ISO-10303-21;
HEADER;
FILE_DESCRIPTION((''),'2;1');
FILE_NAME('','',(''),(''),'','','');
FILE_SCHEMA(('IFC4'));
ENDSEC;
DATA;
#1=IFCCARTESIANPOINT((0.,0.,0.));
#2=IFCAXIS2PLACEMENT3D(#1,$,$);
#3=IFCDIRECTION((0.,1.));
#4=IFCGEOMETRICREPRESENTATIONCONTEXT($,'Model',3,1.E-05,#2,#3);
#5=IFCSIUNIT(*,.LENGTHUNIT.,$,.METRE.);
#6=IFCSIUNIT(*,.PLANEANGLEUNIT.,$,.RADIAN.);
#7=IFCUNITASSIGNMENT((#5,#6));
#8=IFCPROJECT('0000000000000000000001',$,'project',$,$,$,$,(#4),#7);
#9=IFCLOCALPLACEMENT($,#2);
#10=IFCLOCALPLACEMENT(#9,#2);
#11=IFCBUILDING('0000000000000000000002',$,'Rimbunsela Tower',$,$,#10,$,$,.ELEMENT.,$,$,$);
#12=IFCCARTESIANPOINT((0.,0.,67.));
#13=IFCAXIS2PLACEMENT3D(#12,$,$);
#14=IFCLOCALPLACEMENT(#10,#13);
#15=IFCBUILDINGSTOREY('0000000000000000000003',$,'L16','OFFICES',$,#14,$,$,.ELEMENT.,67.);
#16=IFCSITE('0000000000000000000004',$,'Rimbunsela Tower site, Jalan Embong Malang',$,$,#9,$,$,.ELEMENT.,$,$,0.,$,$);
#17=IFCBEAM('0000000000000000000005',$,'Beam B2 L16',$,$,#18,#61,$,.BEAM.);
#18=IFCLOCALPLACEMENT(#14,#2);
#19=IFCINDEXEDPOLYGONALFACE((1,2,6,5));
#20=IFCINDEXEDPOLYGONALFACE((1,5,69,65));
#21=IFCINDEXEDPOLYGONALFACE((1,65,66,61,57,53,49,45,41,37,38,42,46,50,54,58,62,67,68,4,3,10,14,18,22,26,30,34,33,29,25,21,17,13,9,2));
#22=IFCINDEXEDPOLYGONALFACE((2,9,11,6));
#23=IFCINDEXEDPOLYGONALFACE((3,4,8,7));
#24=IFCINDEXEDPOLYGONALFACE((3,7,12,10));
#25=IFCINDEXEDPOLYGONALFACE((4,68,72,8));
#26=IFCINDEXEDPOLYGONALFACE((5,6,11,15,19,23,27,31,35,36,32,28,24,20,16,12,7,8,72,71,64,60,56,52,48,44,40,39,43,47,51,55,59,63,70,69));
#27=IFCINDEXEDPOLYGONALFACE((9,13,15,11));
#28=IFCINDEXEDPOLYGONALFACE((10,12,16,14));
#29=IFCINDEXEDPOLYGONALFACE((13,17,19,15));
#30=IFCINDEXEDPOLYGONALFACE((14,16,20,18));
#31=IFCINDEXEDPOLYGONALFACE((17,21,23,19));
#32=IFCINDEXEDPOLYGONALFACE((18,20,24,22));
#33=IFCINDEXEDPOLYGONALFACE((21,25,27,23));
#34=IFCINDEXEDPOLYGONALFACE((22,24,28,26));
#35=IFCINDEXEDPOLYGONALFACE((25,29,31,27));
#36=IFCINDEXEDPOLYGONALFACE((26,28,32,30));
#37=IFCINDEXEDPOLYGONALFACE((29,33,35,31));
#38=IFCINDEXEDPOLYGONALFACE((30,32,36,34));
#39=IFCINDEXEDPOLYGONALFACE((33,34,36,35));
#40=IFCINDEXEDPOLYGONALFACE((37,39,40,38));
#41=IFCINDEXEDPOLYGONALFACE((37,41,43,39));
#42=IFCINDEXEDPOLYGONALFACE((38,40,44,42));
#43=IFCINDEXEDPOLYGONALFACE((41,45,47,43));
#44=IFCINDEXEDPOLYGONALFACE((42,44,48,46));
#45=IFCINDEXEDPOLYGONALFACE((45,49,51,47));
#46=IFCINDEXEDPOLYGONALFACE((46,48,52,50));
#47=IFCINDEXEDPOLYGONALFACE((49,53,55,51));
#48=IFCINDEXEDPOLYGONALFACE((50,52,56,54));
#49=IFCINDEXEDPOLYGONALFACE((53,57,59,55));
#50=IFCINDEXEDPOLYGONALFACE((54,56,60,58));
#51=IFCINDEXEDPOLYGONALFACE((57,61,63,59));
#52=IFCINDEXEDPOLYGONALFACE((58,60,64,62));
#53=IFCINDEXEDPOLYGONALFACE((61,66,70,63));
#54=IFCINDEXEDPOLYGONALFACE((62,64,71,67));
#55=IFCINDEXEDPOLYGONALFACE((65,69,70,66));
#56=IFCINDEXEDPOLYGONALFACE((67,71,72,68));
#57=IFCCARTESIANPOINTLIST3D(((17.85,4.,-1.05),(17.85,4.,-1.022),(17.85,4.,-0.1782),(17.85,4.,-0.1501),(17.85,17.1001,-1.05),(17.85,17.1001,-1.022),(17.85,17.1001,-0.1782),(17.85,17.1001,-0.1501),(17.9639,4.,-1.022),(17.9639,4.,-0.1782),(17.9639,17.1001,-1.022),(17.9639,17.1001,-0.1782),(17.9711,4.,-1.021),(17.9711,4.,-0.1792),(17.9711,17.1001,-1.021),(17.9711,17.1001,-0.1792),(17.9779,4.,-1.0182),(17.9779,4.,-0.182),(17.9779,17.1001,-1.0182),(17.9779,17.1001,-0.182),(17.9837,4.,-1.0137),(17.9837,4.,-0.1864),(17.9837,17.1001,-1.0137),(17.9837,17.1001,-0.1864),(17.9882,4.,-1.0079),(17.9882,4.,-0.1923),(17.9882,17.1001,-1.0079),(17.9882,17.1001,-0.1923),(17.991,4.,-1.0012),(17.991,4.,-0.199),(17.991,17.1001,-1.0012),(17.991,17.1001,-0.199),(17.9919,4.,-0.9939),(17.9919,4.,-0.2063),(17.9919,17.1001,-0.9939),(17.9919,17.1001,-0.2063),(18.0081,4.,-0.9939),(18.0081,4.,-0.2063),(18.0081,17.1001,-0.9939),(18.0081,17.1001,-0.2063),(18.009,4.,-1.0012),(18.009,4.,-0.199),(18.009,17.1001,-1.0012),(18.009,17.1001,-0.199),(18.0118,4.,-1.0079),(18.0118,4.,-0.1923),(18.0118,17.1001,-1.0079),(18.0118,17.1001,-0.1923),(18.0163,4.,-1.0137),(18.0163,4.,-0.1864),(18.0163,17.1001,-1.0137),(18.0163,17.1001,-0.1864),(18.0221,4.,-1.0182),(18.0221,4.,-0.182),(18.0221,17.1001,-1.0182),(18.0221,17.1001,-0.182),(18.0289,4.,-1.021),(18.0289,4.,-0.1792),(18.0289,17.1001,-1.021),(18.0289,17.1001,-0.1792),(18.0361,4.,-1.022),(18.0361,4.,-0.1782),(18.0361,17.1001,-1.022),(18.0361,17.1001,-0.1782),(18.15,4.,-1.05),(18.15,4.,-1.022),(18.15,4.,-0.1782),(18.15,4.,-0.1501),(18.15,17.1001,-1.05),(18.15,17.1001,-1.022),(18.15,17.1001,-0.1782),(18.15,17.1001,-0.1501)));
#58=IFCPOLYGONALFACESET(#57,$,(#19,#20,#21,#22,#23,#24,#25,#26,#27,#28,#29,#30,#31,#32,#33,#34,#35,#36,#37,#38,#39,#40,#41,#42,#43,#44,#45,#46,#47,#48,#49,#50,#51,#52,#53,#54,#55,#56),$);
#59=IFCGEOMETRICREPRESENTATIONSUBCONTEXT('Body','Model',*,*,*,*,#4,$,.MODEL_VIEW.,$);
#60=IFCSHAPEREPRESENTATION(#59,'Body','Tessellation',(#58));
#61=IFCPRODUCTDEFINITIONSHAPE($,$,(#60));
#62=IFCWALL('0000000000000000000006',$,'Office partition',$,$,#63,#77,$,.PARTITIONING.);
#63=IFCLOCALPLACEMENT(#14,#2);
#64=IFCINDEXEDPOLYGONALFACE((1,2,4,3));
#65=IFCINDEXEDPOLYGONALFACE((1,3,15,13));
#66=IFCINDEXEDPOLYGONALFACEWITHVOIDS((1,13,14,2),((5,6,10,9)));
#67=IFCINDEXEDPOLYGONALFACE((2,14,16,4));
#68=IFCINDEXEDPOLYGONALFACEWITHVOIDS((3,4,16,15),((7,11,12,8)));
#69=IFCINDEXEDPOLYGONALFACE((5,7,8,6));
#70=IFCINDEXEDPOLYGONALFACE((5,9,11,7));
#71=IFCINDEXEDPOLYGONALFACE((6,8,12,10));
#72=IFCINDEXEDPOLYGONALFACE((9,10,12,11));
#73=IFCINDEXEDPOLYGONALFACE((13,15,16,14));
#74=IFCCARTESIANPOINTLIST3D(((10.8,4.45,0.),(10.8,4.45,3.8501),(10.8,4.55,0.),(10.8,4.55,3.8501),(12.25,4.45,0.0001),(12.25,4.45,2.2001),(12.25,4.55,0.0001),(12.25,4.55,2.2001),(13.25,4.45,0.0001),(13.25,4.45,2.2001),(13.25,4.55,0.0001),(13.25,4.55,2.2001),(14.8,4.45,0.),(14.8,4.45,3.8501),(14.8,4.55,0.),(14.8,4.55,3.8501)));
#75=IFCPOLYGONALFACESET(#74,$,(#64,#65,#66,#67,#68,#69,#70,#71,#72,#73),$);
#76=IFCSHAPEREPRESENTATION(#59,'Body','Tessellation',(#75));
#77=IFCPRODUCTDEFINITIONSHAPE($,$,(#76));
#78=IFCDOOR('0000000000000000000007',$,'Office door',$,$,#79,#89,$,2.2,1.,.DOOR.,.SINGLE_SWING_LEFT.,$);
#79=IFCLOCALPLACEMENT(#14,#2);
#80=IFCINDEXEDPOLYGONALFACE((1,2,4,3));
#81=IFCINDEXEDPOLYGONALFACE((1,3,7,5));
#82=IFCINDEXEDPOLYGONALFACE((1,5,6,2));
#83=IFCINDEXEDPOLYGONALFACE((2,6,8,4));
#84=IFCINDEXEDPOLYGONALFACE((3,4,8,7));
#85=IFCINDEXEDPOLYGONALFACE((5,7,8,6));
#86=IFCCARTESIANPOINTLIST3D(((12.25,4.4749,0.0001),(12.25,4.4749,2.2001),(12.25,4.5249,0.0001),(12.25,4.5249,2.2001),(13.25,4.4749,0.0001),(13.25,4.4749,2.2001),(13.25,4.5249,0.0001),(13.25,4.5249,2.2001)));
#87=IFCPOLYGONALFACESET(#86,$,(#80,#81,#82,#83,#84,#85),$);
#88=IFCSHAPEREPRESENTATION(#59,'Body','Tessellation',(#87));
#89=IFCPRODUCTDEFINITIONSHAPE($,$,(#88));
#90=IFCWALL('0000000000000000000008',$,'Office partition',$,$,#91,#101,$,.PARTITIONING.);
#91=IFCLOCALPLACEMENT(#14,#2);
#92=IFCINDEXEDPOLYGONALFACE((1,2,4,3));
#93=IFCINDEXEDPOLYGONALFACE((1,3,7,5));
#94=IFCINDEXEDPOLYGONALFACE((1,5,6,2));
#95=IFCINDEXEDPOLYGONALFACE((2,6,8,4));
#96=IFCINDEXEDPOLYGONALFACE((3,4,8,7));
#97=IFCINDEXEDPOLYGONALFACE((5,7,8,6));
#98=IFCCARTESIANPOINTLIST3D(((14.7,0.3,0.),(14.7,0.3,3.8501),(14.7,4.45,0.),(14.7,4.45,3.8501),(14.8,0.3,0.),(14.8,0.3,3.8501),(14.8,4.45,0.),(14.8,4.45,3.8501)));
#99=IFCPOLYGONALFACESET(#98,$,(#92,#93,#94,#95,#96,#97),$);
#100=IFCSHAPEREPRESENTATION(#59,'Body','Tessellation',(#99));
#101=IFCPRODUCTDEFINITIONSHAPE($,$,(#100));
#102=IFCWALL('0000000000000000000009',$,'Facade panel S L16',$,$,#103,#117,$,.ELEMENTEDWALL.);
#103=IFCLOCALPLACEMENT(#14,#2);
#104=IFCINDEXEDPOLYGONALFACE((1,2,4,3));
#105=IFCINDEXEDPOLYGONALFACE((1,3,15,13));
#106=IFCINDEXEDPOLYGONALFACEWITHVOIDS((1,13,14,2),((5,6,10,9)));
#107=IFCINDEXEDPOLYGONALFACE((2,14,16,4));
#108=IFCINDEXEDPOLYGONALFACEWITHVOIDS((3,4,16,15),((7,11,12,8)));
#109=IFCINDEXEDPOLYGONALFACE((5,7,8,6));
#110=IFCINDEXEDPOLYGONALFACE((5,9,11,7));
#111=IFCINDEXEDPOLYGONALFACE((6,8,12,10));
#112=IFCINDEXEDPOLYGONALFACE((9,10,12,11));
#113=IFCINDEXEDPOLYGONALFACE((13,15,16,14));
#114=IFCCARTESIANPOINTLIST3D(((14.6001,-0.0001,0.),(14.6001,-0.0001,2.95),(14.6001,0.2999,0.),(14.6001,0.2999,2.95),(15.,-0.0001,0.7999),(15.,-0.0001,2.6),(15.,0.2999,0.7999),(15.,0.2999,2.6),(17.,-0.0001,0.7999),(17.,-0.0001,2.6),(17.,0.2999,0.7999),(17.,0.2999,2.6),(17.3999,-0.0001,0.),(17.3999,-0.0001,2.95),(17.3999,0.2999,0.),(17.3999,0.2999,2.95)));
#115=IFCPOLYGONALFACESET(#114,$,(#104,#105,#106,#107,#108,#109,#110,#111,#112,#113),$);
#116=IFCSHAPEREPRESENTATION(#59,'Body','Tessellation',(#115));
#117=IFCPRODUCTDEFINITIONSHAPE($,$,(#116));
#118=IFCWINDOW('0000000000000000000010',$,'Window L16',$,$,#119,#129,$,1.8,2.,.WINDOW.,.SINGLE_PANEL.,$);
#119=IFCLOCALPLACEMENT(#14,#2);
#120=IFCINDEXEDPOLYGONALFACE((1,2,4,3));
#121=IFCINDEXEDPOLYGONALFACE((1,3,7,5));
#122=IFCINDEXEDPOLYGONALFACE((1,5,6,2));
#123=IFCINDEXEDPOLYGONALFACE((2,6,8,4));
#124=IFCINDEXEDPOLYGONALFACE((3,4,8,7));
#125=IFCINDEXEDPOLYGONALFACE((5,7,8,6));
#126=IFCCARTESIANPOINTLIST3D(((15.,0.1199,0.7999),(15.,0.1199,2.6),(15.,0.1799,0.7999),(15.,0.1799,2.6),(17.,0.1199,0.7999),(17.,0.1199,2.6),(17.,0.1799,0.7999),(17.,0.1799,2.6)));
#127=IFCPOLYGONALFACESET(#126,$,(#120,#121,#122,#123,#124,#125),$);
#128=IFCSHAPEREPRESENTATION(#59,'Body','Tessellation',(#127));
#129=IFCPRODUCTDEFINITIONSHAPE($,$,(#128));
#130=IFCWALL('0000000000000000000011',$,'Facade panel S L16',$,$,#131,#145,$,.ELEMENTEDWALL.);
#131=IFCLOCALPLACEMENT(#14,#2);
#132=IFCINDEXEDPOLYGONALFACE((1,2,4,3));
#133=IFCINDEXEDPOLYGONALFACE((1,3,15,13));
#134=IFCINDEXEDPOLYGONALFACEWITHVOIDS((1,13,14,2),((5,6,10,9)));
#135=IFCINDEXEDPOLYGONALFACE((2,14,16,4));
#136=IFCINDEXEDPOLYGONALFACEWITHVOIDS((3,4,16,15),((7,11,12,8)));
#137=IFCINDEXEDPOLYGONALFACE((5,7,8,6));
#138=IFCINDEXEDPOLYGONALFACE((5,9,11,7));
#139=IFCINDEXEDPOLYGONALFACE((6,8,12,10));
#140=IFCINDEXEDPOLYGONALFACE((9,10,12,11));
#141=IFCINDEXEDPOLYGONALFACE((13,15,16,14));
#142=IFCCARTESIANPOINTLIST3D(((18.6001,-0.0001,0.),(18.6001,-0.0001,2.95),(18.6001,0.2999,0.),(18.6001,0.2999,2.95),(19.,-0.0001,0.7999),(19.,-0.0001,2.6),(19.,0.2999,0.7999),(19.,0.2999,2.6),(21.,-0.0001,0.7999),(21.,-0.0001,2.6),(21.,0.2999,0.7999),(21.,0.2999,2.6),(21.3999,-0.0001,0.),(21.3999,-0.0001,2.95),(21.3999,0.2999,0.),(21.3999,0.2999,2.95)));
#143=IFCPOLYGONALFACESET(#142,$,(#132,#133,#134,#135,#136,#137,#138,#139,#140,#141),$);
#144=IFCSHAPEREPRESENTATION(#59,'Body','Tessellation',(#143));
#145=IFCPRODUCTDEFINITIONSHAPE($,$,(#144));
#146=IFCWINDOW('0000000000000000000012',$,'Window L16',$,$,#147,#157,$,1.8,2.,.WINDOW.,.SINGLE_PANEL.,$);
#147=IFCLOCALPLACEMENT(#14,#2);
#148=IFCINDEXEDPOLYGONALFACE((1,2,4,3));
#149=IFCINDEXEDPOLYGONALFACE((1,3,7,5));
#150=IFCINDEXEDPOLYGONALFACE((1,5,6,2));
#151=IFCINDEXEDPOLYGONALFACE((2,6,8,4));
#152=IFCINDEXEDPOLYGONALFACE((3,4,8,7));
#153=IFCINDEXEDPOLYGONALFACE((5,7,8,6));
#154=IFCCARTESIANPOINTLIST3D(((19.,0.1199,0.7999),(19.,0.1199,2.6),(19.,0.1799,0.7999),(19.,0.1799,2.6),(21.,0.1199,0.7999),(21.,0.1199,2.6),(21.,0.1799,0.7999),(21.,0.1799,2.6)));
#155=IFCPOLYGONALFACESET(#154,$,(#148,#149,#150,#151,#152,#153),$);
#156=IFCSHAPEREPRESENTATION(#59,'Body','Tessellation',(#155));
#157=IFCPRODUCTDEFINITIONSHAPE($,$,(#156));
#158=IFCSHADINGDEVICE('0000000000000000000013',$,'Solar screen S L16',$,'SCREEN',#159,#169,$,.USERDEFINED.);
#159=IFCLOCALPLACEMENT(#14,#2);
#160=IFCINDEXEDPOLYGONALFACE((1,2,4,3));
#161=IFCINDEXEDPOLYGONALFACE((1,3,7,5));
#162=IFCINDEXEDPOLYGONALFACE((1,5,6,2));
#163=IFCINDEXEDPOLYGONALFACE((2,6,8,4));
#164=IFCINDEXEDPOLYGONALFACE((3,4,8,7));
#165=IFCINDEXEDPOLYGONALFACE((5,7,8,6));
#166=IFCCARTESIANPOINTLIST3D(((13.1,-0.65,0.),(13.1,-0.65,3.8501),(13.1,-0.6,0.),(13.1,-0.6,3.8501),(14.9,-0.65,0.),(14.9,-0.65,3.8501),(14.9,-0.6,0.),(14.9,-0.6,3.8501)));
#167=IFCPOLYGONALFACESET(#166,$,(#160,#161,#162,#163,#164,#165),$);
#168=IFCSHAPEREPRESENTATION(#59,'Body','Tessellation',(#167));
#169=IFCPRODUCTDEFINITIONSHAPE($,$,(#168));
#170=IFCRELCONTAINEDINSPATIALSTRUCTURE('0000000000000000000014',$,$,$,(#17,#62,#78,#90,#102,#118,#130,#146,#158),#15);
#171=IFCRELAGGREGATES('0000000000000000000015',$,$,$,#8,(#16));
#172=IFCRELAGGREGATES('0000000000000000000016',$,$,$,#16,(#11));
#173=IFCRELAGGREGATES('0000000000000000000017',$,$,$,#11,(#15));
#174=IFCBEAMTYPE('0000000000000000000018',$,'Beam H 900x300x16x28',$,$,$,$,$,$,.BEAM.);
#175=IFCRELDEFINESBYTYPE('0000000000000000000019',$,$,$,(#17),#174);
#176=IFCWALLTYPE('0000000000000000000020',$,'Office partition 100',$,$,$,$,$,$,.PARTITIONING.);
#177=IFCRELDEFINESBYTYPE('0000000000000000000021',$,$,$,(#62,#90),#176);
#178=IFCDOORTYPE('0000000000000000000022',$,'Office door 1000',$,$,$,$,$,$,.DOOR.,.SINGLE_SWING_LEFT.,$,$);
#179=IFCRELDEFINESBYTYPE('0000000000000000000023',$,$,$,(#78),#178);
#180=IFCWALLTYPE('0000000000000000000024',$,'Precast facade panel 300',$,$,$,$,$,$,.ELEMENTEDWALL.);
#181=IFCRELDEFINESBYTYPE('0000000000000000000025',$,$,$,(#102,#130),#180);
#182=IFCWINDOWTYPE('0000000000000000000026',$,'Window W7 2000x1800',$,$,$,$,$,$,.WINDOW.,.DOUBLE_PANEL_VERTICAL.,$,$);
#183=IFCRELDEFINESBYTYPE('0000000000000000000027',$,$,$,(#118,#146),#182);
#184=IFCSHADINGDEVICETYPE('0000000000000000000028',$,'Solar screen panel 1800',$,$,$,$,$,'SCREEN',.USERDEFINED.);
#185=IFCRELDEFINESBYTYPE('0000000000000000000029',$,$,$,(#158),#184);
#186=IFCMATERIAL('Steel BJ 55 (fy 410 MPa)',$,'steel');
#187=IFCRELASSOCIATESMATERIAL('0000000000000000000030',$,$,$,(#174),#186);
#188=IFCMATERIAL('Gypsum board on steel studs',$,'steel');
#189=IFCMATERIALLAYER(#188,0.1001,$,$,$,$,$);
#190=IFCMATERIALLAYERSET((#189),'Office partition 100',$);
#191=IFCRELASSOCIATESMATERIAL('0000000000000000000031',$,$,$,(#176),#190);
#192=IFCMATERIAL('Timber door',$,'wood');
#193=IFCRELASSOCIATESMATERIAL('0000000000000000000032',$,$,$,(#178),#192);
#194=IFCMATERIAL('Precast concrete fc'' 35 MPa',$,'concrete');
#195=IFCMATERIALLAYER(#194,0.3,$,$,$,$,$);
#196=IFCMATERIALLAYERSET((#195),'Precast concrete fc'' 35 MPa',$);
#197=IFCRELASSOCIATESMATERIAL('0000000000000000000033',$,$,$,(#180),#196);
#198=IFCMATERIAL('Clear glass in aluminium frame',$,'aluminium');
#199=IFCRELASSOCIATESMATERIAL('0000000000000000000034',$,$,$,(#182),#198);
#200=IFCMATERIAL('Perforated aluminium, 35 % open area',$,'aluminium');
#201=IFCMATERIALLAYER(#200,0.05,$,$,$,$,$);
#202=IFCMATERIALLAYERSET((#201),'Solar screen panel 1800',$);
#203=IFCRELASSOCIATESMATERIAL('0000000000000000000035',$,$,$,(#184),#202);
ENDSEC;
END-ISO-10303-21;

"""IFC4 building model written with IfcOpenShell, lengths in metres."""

from ifc_helpers import new_model, si_unit, direction, frame, frame_2d, origin, origin_2d, place, context, subcontext, project, spatial, rectangle, i_section, extrude, material, layer, layer_set, material_profile, profile_set, type_object, element, fill, save


model = new_model("IFC4")

# Units and contexts
model_context = context("Model", 3, precision=1e-05, world=origin(), true_north=direction((0.0, 1.0)))
body_context = subcontext(model_context, "Body", "Model", "MODEL_VIEW")
ifc_project = project(units=[si_unit("LENGTHUNIT", "METRE"), si_unit("PLANEANGLEUNIT", "RADIAN")], contexts=[model_context])

# Site, building, storey
site_placement = place(None, origin())
site = spatial("IfcSite", under=ifc_project, at=site_placement, Name="Rimbunsela Tower site, Jalan Embong Malang", CompositionType="ELEMENT", RefElevation=0.0)
building_placement = place(site_placement, origin())
building = spatial("IfcBuilding", under=site, at=building_placement, Name="Rimbunsela Tower", CompositionType="ELEMENT")
storey_placement = place(building_placement, frame((0.0, 0.0, 67.0)))
storey = spatial("IfcBuildingStorey", under=building, at=storey_placement, Name="L16", Description="OFFICES", CompositionType="ELEMENT", Elevation=67.0)

# Beam
ifc_material_1 = material(Name="Steel BJ 55 (fy 410 MPa)", Category="steel")
ifc_material_profile_1 = material_profile(ifc_material_1, i_section(OverallWidth=0.3, OverallDepth=0.8999, WebThickness=0.0161, FlangeThickness=0.0281, FilletRadius=0.0281, at=origin_2d()), Name="H 900x300x16x28")
ifc_profile_set_1 = profile_set([ifc_material_profile_1], Name="Steel BJ 55 (fy 410 MPa)")
beam_type_1 = type_object("IfcBeamType", Name="Beam H 900x300x16x28", PredefinedType="BEAM", material=ifc_profile_set_1)
beam_1_placement = place(storey_placement, frame((18.0, 4.0, -0.6001), z_axis=(0.0, 1.0, 0.0), x_axis=(-1.0, 0.0, 0.0)))
element("IfcBeam", 1, at=beam_1_placement, inside=storey, type_object=beam_type_1, Name="Beam B2 L16", PredefinedType="BEAM", context=body_context, shape_type="SweptSolid", body=[
    extrude(i_section(OverallWidth=0.3, OverallDepth=0.8999, WebThickness=0.0161, FlangeThickness=0.0281, FilletRadius=0.0281, at=origin_2d()), origin(), (0.0, 0.0, 1.0), 13.1001),
])

# Wall, opening, door
ifc_material_2 = material(Name="Gypsum board on steel studs", Category="steel")
ifc_layer_1 = layer(ifc_material_2, 0.1001)
ifc_layer_set_1 = layer_set([ifc_layer_1], Name="Office partition 100")
wall_type_1 = type_object("IfcWallType", Name="Office partition 100", PredefinedType="PARTITIONING", material=ifc_layer_set_1)
wall_1_placement = place(storey_placement, frame((10.8, 4.5, 0.0), z_axis=(0.0, 0.0, 1.0), x_axis=(1.0, 0.0, 0.0)))
wall_1 = element("IfcWall", 2, at=wall_1_placement, inside=storey, type_object=wall_type_1, Name="Office partition", PredefinedType="PARTITIONING", context=body_context, shape_type="SweptSolid", body=[
    extrude(rectangle(XDim=4.0, YDim=0.1001, at=frame_2d((2.0, 0.0))), origin(), (0.0, 0.0, 1.0), 3.8501),
])
opening_1_placement = place(wall_1_placement, frame((1.45, 0.0, 0.0)))
opening_1 = element("IfcOpeningElement", 3, at=opening_1_placement, cuts=wall_1, PredefinedType="OPENING", context=body_context, shape_type="SweptSolid", body=[
    extrude(rectangle(XDim=1.0, YDim=2.2, at=frame_2d((0.5, 1.1001))), frame((0.0, 0.0601, 0.0), z_axis=(0.0, -1.0, 0.0), x_axis=(1.0, 0.0, 0.0)), (0.0, 0.0, 1.0), 0.1201),
])
ifc_material_3 = material(Name="Timber door", Category="wood")
door_type = type_object("IfcDoorType", Name="Office door 1000", OperationType="SINGLE_SWING_LEFT", PredefinedType="DOOR", material=ifc_material_3)
door_placement = place(opening_1_placement, origin())
door = element("IfcDoor", 4, at=door_placement, inside=storey, type_object=door_type, Name="Office door", OperationType="SINGLE_SWING_LEFT", OverallHeight=2.2, OverallWidth=1.0, PredefinedType="DOOR", context=body_context, shape_type="SweptSolid", body=[
    extrude(rectangle(XDim=1.0, YDim=2.2, at=frame_2d((0.5, 1.1001))), frame((0.0, 0.0249, 0.0), z_axis=(0.0, -1.0, 0.0), x_axis=(1.0, 0.0, 0.0)), (0.0, 0.0, 1.0), 0.05),
])
fill(opening_1, door)

# Wall
wall_2_placement = place(storey_placement, frame((14.75, 0.3, 0.0), z_axis=(0.0, 0.0, 1.0), x_axis=(0.0, 1.0, 0.0)))
element("IfcWall", 5, at=wall_2_placement, inside=storey, type_object=wall_type_1, Name="Office partition", PredefinedType="PARTITIONING", context=body_context, shape_type="SweptSolid", body=[
    extrude(rectangle(XDim=4.1499, YDim=0.1001, at=frame_2d((2.075, 0.0))), origin(), (0.0, 0.0, 1.0), 3.8501),
])

# Walls, openings, windows
ifc_material_4 = material(Name="Precast concrete fc' 35 MPa", Category="concrete")
ifc_layer_2 = layer(ifc_material_4, 0.3)
ifc_layer_set_2 = layer_set([ifc_layer_2], Name="Precast concrete fc' 35 MPa")
wall_type_2 = type_object("IfcWallType", Name="Precast facade panel 300", PredefinedType="ELEMENTEDWALL", material=ifc_layer_set_2)
wall_3_placement = place(storey_placement, frame((14.6001, 0.1499, 0.0), z_axis=(0.0, 0.0, 1.0), x_axis=(1.0, 0.0, 0.0)))
wall_3 = element("IfcWall", 6, at=wall_3_placement, inside=storey, type_object=wall_type_2, Name="Facade panel S L16", PredefinedType="ELEMENTEDWALL", context=body_context, shape_type="SweptSolid", body=[
    extrude(rectangle(XDim=2.7998, YDim=0.3, at=frame_2d((1.3999, 0.0))), origin(), (0.0, 0.0, 1.0), 2.95),
])
opening_2_placement = place(wall_3_placement, frame((0.3999, 0.0, 0.8)))
opening_2 = element("IfcOpeningElement", 7, at=opening_2_placement, cuts=wall_3, PredefinedType="OPENING", context=body_context, shape_type="SweptSolid", body=[
    extrude(rectangle(XDim=2.0, YDim=1.8, at=frame_2d((1.0, 0.8999))), frame((0.0, 0.1599, 0.0), z_axis=(0.0, -1.0, 0.0), x_axis=(1.0, 0.0, 0.0)), (0.0, 0.0, 1.0), 0.3201),
])
ifc_material_5 = material(Name="Clear glass in aluminium frame", Category="aluminium")
window_type = type_object("IfcWindowType", Name="Window W7 2000x1800", PartitioningType="DOUBLE_PANEL_VERTICAL", PredefinedType="WINDOW", material=ifc_material_5)
window_1_placement = place(opening_2_placement, origin())
window_1 = element("IfcWindow", 8, at=window_1_placement, inside=storey, type_object=window_type, Name="Window L16", OverallHeight=1.8, OverallWidth=2.0, PartitioningType="SINGLE_PANEL", PredefinedType="WINDOW", context=body_context, shape_type="SweptSolid", body=[
    extrude(rectangle(XDim=2.0, YDim=1.8, at=frame_2d((1.0, 0.8999))), frame((0.0, 0.03, 0.0), z_axis=(0.0, -1.0, 0.0), x_axis=(1.0, 0.0, 0.0)), (0.0, 0.0, 1.0), 0.0601),
])
fill(opening_2, window_1)
wall_4_placement = place(storey_placement, frame((18.6001, 0.1499, 0.0), z_axis=(0.0, 0.0, 1.0), x_axis=(1.0, 0.0, 0.0)))
wall_4 = element("IfcWall", 9, at=wall_4_placement, inside=storey, type_object=wall_type_2, Name="Facade panel S L16", PredefinedType="ELEMENTEDWALL", context=body_context, shape_type="SweptSolid", body=[
    extrude(rectangle(XDim=2.7998, YDim=0.3, at=frame_2d((1.3999, 0.0))), origin(), (0.0, 0.0, 1.0), 2.95),
])
opening_3_placement = place(wall_4_placement, frame((0.3999, 0.0, 0.8)))
opening_3 = element("IfcOpeningElement", 10, at=opening_3_placement, cuts=wall_4, PredefinedType="OPENING", context=body_context, shape_type="SweptSolid", body=[
    extrude(rectangle(XDim=2.0, YDim=1.8, at=frame_2d((1.0, 0.8999))), frame((0.0, 0.1599, 0.0), z_axis=(0.0, -1.0, 0.0), x_axis=(1.0, 0.0, 0.0)), (0.0, 0.0, 1.0), 0.3201),
])
window_2_placement = place(opening_3_placement, origin())
window_2 = element("IfcWindow", 11, at=window_2_placement, inside=storey, type_object=window_type, Name="Window L16", OverallHeight=1.8, OverallWidth=2.0, PartitioningType="SINGLE_PANEL", PredefinedType="WINDOW", context=body_context, shape_type="SweptSolid", body=[
    extrude(rectangle(XDim=2.0, YDim=1.8, at=frame_2d((1.0, 0.8999))), frame((0.0, 0.03, 0.0), z_axis=(0.0, -1.0, 0.0), x_axis=(1.0, 0.0, 0.0)), (0.0, 0.0, 1.0), 0.0601),
])
fill(opening_3, window_2)

# Shading device
ifc_material_6 = material(Name="Perforated aluminium, 35 % open area", Category="aluminium")
ifc_layer_3 = layer(ifc_material_6, 0.05)
ifc_layer_set_3 = layer_set([ifc_layer_3], Name="Solar screen panel 1800")
shading_device_type = type_object("IfcShadingDeviceType", Name="Solar screen panel 1800", ElementType="SCREEN", PredefinedType="USERDEFINED", material=ifc_layer_set_3)
for number, where, z_axis, x_axis, name in (
    (12, (14.0, -0.625, 0.0), (0.0, 0.0, 1.0), (1.0, 0.0, 0.0), "Solar screen S L16"),
):
    element("IfcShadingDevice", number, at=place(storey_placement, frame(where, z_axis=z_axis, x_axis=x_axis)), inside=storey, type_object=shading_device_type, Name=name, ObjectType="SCREEN", PredefinedType="USERDEFINED", context=body_context, shape_type="SweptSolid", body=[
        extrude(rectangle(XDim=1.8, YDim=0.05, at=origin_2d()), origin(), (0.0, 0.0, 1.0), 3.8501),
    ])

save(model, "model.ifc")
